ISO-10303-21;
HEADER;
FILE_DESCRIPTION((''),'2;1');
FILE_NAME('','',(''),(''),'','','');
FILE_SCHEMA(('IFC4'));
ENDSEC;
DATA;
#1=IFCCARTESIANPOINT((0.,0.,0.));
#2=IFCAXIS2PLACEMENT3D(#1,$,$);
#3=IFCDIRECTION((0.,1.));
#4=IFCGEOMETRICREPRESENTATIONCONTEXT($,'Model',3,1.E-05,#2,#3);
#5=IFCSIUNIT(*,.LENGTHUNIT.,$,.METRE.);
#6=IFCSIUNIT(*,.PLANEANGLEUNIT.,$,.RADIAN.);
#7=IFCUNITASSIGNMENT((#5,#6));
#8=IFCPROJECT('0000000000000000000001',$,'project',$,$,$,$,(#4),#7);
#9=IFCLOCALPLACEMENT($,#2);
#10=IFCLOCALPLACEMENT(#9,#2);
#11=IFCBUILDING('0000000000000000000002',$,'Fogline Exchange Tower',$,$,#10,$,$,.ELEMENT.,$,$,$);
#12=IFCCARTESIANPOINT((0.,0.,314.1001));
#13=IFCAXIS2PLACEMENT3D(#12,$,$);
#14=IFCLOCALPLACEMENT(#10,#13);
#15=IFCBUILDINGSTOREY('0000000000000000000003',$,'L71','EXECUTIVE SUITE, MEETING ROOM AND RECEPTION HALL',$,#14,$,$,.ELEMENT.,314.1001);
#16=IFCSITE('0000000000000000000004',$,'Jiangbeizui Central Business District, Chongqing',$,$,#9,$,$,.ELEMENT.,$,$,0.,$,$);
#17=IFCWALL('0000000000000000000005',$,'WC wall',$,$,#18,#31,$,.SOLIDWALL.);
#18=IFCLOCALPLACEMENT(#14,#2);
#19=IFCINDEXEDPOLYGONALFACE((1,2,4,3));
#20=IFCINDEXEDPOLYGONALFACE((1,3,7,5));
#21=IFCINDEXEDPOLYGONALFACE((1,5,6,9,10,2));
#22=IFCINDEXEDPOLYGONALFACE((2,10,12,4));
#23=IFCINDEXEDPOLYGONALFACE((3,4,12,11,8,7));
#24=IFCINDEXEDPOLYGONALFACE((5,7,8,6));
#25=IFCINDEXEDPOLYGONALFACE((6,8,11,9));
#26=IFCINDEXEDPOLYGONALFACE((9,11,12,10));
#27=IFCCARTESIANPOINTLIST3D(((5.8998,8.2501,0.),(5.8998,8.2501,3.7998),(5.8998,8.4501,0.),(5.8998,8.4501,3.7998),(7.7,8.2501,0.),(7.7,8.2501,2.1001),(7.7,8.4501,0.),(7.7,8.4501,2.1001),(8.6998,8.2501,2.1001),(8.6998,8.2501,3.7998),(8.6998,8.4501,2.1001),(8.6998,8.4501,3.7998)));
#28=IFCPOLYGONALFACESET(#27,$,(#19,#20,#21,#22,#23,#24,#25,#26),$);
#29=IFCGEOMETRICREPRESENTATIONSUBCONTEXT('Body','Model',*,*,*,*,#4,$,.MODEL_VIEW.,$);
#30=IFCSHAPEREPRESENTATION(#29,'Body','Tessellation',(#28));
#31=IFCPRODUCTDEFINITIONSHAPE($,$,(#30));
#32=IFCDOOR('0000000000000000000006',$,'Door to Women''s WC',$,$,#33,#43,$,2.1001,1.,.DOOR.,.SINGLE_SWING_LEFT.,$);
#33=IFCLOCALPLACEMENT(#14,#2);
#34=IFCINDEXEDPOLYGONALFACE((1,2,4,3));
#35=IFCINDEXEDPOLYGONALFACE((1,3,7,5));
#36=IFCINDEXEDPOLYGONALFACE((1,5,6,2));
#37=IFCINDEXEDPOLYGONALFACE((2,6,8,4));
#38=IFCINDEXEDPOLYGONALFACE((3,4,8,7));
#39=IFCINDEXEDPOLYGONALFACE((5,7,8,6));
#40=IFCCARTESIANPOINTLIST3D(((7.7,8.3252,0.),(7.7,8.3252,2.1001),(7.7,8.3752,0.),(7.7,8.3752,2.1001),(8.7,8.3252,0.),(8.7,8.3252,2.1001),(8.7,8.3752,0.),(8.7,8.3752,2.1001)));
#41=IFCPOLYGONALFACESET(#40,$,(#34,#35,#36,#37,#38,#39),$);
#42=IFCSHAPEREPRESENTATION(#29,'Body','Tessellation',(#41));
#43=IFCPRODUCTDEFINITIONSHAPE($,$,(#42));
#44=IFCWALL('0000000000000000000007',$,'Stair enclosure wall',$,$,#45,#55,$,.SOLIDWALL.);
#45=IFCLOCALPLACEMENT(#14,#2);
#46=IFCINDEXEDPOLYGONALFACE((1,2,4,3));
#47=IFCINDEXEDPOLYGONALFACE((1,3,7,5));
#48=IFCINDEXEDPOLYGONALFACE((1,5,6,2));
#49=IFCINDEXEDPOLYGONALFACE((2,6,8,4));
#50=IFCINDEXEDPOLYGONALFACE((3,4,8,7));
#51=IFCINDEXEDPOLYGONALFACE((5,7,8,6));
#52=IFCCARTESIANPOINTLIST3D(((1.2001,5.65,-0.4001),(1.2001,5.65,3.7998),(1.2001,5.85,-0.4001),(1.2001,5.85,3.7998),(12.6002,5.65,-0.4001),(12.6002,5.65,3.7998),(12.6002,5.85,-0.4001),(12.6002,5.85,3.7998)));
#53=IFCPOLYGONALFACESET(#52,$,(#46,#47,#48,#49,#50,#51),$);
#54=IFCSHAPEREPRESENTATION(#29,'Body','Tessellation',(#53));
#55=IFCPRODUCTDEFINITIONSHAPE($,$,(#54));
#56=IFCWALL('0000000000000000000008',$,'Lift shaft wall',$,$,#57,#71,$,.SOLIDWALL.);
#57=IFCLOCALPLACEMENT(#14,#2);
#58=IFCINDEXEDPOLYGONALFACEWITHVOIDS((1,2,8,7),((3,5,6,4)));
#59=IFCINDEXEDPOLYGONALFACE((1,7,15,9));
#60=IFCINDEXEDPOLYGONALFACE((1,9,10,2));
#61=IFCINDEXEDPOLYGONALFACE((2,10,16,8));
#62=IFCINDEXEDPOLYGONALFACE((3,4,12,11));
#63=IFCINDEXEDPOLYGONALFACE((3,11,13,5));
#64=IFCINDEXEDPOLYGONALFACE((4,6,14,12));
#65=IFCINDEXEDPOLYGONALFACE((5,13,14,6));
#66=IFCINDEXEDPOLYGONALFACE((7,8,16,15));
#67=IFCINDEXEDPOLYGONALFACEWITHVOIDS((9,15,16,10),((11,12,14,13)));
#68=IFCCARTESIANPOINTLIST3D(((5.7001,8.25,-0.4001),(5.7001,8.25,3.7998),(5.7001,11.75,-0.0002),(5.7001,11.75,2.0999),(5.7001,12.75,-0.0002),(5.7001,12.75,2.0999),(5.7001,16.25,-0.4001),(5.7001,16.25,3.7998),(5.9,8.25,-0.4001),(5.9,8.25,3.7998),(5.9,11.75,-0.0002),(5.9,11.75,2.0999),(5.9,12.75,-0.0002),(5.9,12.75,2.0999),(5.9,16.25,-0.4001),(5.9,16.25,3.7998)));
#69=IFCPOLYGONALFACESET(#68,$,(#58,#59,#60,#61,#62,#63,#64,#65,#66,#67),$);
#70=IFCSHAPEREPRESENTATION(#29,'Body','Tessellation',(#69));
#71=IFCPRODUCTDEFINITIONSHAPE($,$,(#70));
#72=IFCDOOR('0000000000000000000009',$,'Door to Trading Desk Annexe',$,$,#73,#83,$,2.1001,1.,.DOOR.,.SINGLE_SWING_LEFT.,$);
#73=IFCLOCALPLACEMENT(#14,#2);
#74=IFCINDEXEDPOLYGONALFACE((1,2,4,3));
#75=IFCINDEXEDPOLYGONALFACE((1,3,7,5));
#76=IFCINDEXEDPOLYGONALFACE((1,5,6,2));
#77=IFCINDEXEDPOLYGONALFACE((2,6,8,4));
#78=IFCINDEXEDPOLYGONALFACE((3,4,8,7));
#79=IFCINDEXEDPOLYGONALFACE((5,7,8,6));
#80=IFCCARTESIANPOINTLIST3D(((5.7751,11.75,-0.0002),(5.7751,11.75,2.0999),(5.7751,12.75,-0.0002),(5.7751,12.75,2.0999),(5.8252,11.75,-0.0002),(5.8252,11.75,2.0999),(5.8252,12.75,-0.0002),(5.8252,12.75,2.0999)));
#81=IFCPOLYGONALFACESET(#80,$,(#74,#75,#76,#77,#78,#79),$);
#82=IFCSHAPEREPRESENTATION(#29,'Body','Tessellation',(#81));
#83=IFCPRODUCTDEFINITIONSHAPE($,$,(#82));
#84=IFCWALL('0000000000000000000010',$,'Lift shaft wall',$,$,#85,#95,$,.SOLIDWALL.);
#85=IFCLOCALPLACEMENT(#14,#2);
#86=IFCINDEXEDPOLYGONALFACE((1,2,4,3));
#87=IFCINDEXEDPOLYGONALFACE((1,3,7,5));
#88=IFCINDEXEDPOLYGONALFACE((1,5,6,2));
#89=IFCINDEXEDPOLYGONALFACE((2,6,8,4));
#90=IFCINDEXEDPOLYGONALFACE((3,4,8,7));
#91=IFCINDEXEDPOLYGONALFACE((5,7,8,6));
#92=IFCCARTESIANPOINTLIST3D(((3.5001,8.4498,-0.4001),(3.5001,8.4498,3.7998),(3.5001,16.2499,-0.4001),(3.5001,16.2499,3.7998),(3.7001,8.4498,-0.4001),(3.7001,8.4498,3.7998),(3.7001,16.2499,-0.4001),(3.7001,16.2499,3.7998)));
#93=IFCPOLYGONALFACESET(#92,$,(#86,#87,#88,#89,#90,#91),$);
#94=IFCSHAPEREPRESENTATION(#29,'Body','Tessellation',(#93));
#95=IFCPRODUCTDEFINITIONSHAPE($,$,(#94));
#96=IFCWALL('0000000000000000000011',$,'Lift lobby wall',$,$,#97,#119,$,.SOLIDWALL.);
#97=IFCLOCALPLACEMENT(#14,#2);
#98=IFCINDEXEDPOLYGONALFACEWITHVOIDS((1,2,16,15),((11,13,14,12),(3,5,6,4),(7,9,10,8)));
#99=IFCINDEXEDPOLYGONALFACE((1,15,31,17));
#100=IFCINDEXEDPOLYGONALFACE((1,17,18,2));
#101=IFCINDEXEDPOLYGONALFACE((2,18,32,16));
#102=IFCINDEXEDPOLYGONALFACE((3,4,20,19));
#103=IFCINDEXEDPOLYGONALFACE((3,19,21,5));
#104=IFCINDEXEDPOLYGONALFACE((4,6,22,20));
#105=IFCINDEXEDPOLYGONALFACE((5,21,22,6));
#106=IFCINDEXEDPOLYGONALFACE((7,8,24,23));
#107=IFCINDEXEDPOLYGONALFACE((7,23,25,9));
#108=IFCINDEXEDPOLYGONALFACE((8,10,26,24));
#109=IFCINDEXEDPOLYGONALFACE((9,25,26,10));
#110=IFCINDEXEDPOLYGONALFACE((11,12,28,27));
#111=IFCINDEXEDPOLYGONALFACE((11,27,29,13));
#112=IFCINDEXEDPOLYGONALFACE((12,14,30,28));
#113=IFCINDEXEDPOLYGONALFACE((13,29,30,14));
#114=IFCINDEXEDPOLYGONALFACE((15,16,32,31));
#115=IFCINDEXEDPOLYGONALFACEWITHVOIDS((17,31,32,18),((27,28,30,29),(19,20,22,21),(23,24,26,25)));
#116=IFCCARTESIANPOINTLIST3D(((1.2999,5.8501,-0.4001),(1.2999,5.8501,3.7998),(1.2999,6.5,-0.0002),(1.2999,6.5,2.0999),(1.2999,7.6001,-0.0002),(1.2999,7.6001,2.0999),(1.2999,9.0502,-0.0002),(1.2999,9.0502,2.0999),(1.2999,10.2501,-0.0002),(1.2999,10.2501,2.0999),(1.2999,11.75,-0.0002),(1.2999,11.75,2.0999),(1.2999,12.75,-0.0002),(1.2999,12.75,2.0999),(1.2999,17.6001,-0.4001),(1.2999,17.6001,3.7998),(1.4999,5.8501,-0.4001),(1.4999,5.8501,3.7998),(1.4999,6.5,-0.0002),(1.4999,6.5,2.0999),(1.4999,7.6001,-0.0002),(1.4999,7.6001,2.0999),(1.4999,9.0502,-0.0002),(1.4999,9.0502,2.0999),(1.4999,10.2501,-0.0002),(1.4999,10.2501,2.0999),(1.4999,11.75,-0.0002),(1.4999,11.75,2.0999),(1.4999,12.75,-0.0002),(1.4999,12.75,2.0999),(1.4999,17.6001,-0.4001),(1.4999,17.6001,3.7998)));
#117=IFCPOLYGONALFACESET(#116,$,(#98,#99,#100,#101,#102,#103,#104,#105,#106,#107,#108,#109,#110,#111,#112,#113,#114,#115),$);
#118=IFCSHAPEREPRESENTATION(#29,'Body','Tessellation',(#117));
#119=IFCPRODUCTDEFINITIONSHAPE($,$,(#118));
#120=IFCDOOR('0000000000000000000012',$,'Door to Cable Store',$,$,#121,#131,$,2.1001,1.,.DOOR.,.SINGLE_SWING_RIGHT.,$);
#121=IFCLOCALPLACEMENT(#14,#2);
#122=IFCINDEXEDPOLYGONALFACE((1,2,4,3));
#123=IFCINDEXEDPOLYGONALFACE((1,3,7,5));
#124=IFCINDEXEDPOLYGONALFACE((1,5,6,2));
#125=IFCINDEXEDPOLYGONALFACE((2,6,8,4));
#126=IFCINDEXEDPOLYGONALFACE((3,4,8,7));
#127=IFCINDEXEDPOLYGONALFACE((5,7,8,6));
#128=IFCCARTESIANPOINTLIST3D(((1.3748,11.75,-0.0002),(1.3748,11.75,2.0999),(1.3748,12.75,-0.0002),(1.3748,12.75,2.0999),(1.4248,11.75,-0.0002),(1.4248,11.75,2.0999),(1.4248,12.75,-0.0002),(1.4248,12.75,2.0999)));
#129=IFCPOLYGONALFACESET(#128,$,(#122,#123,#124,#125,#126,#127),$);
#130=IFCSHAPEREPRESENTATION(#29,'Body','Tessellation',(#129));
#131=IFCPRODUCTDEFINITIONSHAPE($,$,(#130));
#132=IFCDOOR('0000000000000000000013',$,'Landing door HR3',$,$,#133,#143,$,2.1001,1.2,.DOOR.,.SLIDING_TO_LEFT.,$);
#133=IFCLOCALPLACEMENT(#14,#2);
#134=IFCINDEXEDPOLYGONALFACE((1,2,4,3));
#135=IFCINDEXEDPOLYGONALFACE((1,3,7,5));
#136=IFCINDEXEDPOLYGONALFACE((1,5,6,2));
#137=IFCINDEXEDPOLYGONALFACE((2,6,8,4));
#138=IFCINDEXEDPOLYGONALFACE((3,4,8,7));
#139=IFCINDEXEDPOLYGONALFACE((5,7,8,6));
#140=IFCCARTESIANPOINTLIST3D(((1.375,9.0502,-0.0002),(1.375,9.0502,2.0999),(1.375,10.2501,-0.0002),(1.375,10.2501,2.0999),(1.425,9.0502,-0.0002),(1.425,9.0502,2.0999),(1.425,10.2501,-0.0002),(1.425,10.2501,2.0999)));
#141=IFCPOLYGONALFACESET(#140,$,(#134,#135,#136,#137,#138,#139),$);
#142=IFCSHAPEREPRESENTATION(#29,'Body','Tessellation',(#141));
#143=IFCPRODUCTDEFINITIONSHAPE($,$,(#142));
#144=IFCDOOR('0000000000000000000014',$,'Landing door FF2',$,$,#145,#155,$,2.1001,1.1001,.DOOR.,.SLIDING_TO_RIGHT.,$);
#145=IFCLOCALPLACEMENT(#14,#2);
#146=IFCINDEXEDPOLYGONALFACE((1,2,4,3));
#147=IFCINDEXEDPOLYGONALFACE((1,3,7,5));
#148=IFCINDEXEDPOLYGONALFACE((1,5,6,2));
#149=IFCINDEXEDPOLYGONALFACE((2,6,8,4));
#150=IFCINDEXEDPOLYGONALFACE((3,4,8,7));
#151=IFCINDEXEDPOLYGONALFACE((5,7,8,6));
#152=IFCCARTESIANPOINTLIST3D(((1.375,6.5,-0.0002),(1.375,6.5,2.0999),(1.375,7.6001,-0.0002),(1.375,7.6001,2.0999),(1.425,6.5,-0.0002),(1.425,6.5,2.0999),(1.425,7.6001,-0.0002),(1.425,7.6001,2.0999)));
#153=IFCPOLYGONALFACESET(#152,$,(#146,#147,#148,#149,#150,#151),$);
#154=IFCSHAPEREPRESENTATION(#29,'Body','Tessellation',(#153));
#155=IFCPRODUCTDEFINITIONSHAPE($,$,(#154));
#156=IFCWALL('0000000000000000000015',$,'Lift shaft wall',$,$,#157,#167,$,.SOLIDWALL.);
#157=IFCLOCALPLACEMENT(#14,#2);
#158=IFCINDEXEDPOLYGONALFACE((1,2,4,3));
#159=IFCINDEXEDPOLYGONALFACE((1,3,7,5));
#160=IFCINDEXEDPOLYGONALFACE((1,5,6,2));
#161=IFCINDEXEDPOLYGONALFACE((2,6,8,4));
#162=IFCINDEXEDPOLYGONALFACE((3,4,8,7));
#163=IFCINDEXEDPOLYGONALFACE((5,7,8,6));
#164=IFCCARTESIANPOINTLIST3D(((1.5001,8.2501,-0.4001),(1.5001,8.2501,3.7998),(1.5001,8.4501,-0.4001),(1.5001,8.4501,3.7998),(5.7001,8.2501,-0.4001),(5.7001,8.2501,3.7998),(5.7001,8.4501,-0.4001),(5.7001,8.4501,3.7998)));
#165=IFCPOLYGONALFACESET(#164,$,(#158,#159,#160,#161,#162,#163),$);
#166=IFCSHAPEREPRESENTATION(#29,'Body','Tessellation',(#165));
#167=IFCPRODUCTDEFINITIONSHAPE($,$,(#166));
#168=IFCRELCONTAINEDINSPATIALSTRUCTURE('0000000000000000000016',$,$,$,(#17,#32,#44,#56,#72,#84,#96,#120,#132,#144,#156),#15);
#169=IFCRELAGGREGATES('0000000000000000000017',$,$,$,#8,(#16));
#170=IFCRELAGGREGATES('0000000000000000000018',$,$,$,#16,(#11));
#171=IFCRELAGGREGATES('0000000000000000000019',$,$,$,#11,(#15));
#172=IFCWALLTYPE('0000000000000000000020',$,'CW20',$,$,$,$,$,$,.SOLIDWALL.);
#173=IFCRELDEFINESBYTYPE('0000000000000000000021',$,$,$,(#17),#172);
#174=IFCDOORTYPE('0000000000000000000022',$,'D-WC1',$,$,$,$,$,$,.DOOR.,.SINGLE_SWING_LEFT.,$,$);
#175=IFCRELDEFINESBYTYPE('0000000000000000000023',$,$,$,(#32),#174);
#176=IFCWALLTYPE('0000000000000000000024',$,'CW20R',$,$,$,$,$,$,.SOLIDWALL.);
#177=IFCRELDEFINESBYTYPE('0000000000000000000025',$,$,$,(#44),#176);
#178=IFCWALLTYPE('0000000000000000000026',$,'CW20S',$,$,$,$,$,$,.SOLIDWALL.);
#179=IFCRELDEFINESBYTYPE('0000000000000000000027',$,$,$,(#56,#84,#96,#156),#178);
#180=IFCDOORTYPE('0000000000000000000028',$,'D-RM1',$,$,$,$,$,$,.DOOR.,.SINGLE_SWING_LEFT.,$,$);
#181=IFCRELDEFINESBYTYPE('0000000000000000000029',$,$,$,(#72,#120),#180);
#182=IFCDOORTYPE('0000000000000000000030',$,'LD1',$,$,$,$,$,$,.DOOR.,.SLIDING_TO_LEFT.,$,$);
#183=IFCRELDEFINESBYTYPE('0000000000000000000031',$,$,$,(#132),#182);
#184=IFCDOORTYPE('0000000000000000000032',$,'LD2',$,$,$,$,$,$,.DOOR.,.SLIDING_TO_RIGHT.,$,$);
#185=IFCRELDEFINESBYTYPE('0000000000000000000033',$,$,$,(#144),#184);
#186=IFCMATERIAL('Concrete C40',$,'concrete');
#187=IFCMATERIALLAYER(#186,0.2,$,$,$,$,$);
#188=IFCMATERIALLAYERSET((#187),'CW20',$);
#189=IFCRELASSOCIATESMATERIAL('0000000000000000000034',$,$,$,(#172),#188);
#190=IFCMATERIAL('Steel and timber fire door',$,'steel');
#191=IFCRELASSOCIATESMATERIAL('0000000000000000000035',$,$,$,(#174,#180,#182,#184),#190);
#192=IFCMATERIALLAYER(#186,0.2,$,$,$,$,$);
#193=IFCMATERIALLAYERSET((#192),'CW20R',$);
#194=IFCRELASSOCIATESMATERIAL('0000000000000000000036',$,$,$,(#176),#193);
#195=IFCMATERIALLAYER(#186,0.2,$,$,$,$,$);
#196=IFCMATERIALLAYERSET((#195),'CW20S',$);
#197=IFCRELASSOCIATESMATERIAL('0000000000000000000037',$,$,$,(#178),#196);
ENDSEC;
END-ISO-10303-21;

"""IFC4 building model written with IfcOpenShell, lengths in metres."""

from ifc_helpers import new_model, si_unit, direction, frame, frame_2d, origin, place, context, subcontext, project, spatial, rectangle, extrude, material, layer, layer_set, type_object, element, fill, save


model = new_model("IFC4")

# Units and contexts
model_context = context("Model", 3, precision=1e-05, world=origin(), true_north=direction((0.0, 1.0)))
body_context = subcontext(model_context, "Body", "Model", "MODEL_VIEW")
ifc_project = project(units=[si_unit("LENGTHUNIT", "METRE"), si_unit("PLANEANGLEUNIT", "RADIAN")], contexts=[model_context])

# Site, building, storey
site_placement = place(None, origin())
site = spatial("IfcSite", under=ifc_project, at=site_placement, Name="Jiangbeizui Central Business District, Chongqing", CompositionType="ELEMENT", RefElevation=0.0)
building_placement = place(site_placement, origin())
building = spatial("IfcBuilding", under=site, at=building_placement, Name="Fogline Exchange Tower", CompositionType="ELEMENT")
storey_placement = place(building_placement, frame((0.0, 0.0, 314.1001)))
storey = spatial("IfcBuildingStorey", under=building, at=storey_placement, Name="L71", Description="EXECUTIVE SUITE, MEETING ROOM AND RECEPTION HALL", CompositionType="ELEMENT", Elevation=314.1001)

# Shared definitions
ifc_material_1 = material(Name="Concrete C40", Category="concrete")

# Wall, opening, door
ifc_layer_1 = layer(ifc_material_1, 0.2)
ifc_layer_set_1 = layer_set([ifc_layer_1], Name="CW20")
wall_type_1 = type_object("IfcWallType", Name="CW20", PredefinedType="SOLIDWALL", material=ifc_layer_set_1)
wall_1_placement = place(storey_placement, frame((5.8999, 8.3501, 0.0), z_axis=(0.0, 0.0, 1.0), x_axis=(1.0, 0.0, 0.0)))
wall_1 = element("IfcWall", 1, at=wall_1_placement, inside=storey, type_object=wall_type_1, Name="WC wall", PredefinedType="SOLIDWALL", context=body_context, shape_type="SweptSolid", body=[
    extrude(rectangle(XDim=2.8, YDim=0.2, at=frame_2d((1.3999, 0.0))), origin(), (0.0, 0.0, 1.0), 3.7998),
])
opening_1_placement = place(wall_1_placement, frame((1.8, 0.0, 0.0)))
opening_1 = element("IfcOpeningElement", 2, at=opening_1_placement, cuts=wall_1, PredefinedType="OPENING", context=body_context, shape_type="SweptSolid", body=[
    extrude(rectangle(XDim=1.0, YDim=2.1001, at=frame_2d((0.5, 1.05))), frame((0.0, 0.1099, 0.0), z_axis=(0.0, -1.0, 0.0), x_axis=(1.0, 0.0, 0.0)), (0.0, 0.0, 1.0), 0.22),
])
ifc_material_2 = material(Name="Steel and timber fire door", Category="steel")
door_type_1 = type_object("IfcDoorType", Name="D-WC1", OperationType="SINGLE_SWING_LEFT", PredefinedType="DOOR", material=ifc_material_2)
door_1_placement = place(opening_1_placement, frame((1.0, 0.0, 0.0), z_axis=(0.0, 0.0, 1.0), x_axis=(-1.0, 0.0, 0.0)))
door_1 = element("IfcDoor", 3, at=door_1_placement, inside=storey, type_object=door_type_1, Name="Door to Women's WC", OperationType="SINGLE_SWING_LEFT", OverallHeight=2.1001, OverallWidth=1.0, PredefinedType="DOOR", context=body_context, shape_type="SweptSolid", body=[
    extrude(rectangle(XDim=1.0, YDim=2.1001, at=frame_2d((0.5, 1.05))), frame((0.0, 0.0249, 0.0), z_axis=(0.0, -1.0, 0.0), x_axis=(1.0, 0.0, 0.0)), (0.0, 0.0, 1.0), 0.05),
])
fill(opening_1, door_1)

# Wall
ifc_layer_2 = layer(ifc_material_1, 0.2)
ifc_layer_set_2 = layer_set([ifc_layer_2], Name="CW20R")
wall_type_2 = type_object("IfcWallType", Name="CW20R", PredefinedType="SOLIDWALL", material=ifc_layer_set_2)
wall_2_placement = place(storey_placement, frame((1.2, 5.75, -0.4001), z_axis=(0.0, 0.0, 1.0), x_axis=(1.0, 0.0, 0.0)))
element("IfcWall", 4, at=wall_2_placement, inside=storey, type_object=wall_type_2, Name="Stair enclosure wall", PredefinedType="SOLIDWALL", context=body_context, shape_type="SweptSolid", body=[
    extrude(rectangle(XDim=11.4001, YDim=0.2, at=frame_2d((5.7002, 0.0))), origin(), (0.0, 0.0, 1.0), 4.2),
])

# Wall, opening, door
ifc_layer_3 = layer(ifc_material_1, 0.2)
ifc_layer_set_3 = layer_set([ifc_layer_3], Name="CW20S")
wall_type_3 = type_object("IfcWallType", Name="CW20S", PredefinedType="SOLIDWALL", material=ifc_layer_set_3)
wall_3_placement = place(storey_placement, frame((5.8, 8.25, -0.4001), z_axis=(0.0, 0.0, 1.0), x_axis=(0.0, 1.0, 0.0)))
wall_3 = element("IfcWall", 5, at=wall_3_placement, inside=storey, type_object=wall_type_3, Name="Lift shaft wall", PredefinedType="SOLIDWALL", context=body_context, shape_type="SweptSolid", body=[
    extrude(rectangle(XDim=8.0, YDim=0.2, at=frame_2d((4.0, 0.0))), origin(), (0.0, 0.0, 1.0), 4.2),
])
opening_2_placement = place(wall_3_placement, frame((3.5, 0.0, 0.3999)))
opening_2 = element("IfcOpeningElement", 6, at=opening_2_placement, cuts=wall_3, PredefinedType="OPENING", context=body_context, shape_type="SweptSolid", body=[
    extrude(rectangle(XDim=1.0, YDim=2.1001, at=frame_2d((0.5, 1.05))), frame((0.0, 0.1099, 0.0), z_axis=(0.0, -1.0, 0.0), x_axis=(1.0, 0.0, 0.0)), (0.0, 0.0, 1.0), 0.22),
])
door_type_2 = type_object("IfcDoorType", Name="D-RM1", OperationType="SINGLE_SWING_LEFT", PredefinedType="DOOR", material=ifc_material_2)
door_2_placement = place(opening_2_placement, origin())
door_2 = element("IfcDoor", 7, at=door_2_placement, inside=storey, type_object=door_type_2, Name="Door to Trading Desk Annexe", OperationType="SINGLE_SWING_LEFT", OverallHeight=2.1001, OverallWidth=1.0, PredefinedType="DOOR", context=body_context, shape_type="SweptSolid", body=[
    extrude(rectangle(XDim=1.0, YDim=2.1001, at=frame_2d((0.5, 1.05))), frame((0.0, 0.0249, 0.0), z_axis=(0.0, -1.0, 0.0), x_axis=(1.0, 0.0, 0.0)), (0.0, 0.0, 1.0), 0.05),
])
fill(opening_2, door_2)

# Wall
wall_4_placement = place(storey_placement, frame((3.6001, 8.45, -0.4001), z_axis=(0.0, 0.0, 1.0), x_axis=(0.0, 1.0, 0.0)))
element("IfcWall", 8, at=wall_4_placement, inside=storey, type_object=wall_type_3, Name="Lift shaft wall", PredefinedType="SOLIDWALL", context=body_context, shape_type="SweptSolid", body=[
    extrude(rectangle(XDim=7.8, YDim=0.2, at=frame_2d((3.8999, 0.0))), origin(), (0.0, 0.0, 1.0), 4.2),
])

# Wall, openings, doors
wall_5_placement = place(storey_placement, frame((1.3999, 5.8501, -0.4001), z_axis=(0.0, 0.0, 1.0), x_axis=(0.0, 1.0, 0.0)))
wall_5 = element("IfcWall", 9, at=wall_5_placement, inside=storey, type_object=wall_type_3, Name="Lift lobby wall", PredefinedType="SOLIDWALL", context=body_context, shape_type="SweptSolid", body=[
    extrude(rectangle(XDim=11.75, YDim=0.2, at=frame_2d((5.875, 0.0))), origin(), (0.0, 0.0, 1.0), 4.2),
])
opening_3_placement = place(wall_5_placement, frame((3.2, 0.0, 0.3999)))
opening_3 = element("IfcOpeningElement", 10, at=opening_3_placement, cuts=wall_5, PredefinedType="OPENING", context=body_context, shape_type="SweptSolid", body=[
    extrude(rectangle(XDim=1.2, YDim=2.1001, at=frame_2d((0.6001, 1.05))), frame((0.0, 0.1099, 0.0), z_axis=(0.0, -1.0, 0.0), x_axis=(1.0, 0.0, 0.0)), (0.0, 0.0, 1.0), 0.22),
])
opening_4_placement = place(wall_5_placement, frame((0.6499, 0.0, 0.3999)))
opening_4 = element("IfcOpeningElement", 11, at=opening_4_placement, cuts=wall_5, PredefinedType="OPENING", context=body_context, shape_type="SweptSolid", body=[
    extrude(rectangle(XDim=1.1001, YDim=2.1001, at=frame_2d((0.55, 1.05))), frame((0.0, 0.1099, 0.0), z_axis=(0.0, -1.0, 0.0), x_axis=(1.0, 0.0, 0.0)), (0.0, 0.0, 1.0), 0.22),
])
opening_5_placement = place(wall_5_placement, frame((5.8999, 0.0, 0.3999)))
opening_5 = element("IfcOpeningElement", 12, at=opening_5_placement, cuts=wall_5, PredefinedType="OPENING", context=body_context, shape_type="SweptSolid", body=[
    extrude(rectangle(XDim=1.0, YDim=2.1001, at=frame_2d((0.5, 1.05))), frame((0.0, 0.1099, 0.0), z_axis=(0.0, -1.0, 0.0), x_axis=(1.0, 0.0, 0.0)), (0.0, 0.0, 1.0), 0.22),
])
door_3_placement = place(opening_5_placement, frame((1.0, 0.0, 0.0), z_axis=(0.0, 0.0, 1.0), x_axis=(-1.0, 0.0, 0.0)))
door_3 = element("IfcDoor", 13, at=door_3_placement, inside=storey, type_object=door_type_2, Name="Door to Cable Store", OperationType="SINGLE_SWING_RIGHT", OverallHeight=2.1001, OverallWidth=1.0, PredefinedType="DOOR", context=body_context, shape_type="SweptSolid", body=[
    extrude(rectangle(XDim=1.0, YDim=2.1001, at=frame_2d((0.5, 1.05))), frame((0.0, 0.0249, 0.0), z_axis=(0.0, -1.0, 0.0), x_axis=(1.0, 0.0, 0.0)), (0.0, 0.0, 1.0), 0.05),
])
fill(opening_5, door_3)
door_type_3 = type_object("IfcDoorType", Name="LD1", OperationType="SLIDING_TO_LEFT", PredefinedType="DOOR", material=ifc_material_2)
door_4_placement = place(opening_3_placement, origin())
door_4 = element("IfcDoor", 14, at=door_4_placement, inside=storey, type_object=door_type_3, Name="Landing door HR3", OperationType="SLIDING_TO_LEFT", OverallHeight=2.1001, OverallWidth=1.2, PredefinedType="DOOR", context=body_context, shape_type="SweptSolid", body=[
    extrude(rectangle(XDim=1.2, YDim=2.1001, at=frame_2d((0.6001, 1.05))), frame((0.0, 0.0249, 0.0), z_axis=(0.0, -1.0, 0.0), x_axis=(1.0, 0.0, 0.0)), (0.0, 0.0, 1.0), 0.05),
])
fill(opening_3, door_4)
door_type_4 = type_object("IfcDoorType", Name="LD2", OperationType="SLIDING_TO_RIGHT", PredefinedType="DOOR", material=ifc_material_2)
door_5_placement = place(opening_4_placement, origin())
door_5 = element("IfcDoor", 15, at=door_5_placement, inside=storey, type_object=door_type_4, Name="Landing door FF2", OperationType="SLIDING_TO_RIGHT", OverallHeight=2.1001, OverallWidth=1.1001, PredefinedType="DOOR", context=body_context, shape_type="SweptSolid", body=[
    extrude(rectangle(XDim=1.1001, YDim=2.1001, at=frame_2d((0.55, 1.05))), frame((0.0, 0.0249, 0.0), z_axis=(0.0, -1.0, 0.0), x_axis=(1.0, 0.0, 0.0)), (0.0, 0.0, 1.0), 0.05),
])
fill(opening_4, door_5)

# Wall
wall_6_placement = place(storey_placement, frame((1.5, 8.3501, -0.4001), z_axis=(0.0, 0.0, 1.0), x_axis=(1.0, 0.0, 0.0)))
element("IfcWall", 16, at=wall_6_placement, inside=storey, type_object=wall_type_3, Name="Lift shaft wall", PredefinedType="SOLIDWALL", context=body_context, shape_type="SweptSolid", body=[
    extrude(rectangle(XDim=4.2, YDim=0.2, at=frame_2d((2.1001, 0.0))), origin(), (0.0, 0.0, 1.0), 4.2),
])

save(model, "model.ifc")
